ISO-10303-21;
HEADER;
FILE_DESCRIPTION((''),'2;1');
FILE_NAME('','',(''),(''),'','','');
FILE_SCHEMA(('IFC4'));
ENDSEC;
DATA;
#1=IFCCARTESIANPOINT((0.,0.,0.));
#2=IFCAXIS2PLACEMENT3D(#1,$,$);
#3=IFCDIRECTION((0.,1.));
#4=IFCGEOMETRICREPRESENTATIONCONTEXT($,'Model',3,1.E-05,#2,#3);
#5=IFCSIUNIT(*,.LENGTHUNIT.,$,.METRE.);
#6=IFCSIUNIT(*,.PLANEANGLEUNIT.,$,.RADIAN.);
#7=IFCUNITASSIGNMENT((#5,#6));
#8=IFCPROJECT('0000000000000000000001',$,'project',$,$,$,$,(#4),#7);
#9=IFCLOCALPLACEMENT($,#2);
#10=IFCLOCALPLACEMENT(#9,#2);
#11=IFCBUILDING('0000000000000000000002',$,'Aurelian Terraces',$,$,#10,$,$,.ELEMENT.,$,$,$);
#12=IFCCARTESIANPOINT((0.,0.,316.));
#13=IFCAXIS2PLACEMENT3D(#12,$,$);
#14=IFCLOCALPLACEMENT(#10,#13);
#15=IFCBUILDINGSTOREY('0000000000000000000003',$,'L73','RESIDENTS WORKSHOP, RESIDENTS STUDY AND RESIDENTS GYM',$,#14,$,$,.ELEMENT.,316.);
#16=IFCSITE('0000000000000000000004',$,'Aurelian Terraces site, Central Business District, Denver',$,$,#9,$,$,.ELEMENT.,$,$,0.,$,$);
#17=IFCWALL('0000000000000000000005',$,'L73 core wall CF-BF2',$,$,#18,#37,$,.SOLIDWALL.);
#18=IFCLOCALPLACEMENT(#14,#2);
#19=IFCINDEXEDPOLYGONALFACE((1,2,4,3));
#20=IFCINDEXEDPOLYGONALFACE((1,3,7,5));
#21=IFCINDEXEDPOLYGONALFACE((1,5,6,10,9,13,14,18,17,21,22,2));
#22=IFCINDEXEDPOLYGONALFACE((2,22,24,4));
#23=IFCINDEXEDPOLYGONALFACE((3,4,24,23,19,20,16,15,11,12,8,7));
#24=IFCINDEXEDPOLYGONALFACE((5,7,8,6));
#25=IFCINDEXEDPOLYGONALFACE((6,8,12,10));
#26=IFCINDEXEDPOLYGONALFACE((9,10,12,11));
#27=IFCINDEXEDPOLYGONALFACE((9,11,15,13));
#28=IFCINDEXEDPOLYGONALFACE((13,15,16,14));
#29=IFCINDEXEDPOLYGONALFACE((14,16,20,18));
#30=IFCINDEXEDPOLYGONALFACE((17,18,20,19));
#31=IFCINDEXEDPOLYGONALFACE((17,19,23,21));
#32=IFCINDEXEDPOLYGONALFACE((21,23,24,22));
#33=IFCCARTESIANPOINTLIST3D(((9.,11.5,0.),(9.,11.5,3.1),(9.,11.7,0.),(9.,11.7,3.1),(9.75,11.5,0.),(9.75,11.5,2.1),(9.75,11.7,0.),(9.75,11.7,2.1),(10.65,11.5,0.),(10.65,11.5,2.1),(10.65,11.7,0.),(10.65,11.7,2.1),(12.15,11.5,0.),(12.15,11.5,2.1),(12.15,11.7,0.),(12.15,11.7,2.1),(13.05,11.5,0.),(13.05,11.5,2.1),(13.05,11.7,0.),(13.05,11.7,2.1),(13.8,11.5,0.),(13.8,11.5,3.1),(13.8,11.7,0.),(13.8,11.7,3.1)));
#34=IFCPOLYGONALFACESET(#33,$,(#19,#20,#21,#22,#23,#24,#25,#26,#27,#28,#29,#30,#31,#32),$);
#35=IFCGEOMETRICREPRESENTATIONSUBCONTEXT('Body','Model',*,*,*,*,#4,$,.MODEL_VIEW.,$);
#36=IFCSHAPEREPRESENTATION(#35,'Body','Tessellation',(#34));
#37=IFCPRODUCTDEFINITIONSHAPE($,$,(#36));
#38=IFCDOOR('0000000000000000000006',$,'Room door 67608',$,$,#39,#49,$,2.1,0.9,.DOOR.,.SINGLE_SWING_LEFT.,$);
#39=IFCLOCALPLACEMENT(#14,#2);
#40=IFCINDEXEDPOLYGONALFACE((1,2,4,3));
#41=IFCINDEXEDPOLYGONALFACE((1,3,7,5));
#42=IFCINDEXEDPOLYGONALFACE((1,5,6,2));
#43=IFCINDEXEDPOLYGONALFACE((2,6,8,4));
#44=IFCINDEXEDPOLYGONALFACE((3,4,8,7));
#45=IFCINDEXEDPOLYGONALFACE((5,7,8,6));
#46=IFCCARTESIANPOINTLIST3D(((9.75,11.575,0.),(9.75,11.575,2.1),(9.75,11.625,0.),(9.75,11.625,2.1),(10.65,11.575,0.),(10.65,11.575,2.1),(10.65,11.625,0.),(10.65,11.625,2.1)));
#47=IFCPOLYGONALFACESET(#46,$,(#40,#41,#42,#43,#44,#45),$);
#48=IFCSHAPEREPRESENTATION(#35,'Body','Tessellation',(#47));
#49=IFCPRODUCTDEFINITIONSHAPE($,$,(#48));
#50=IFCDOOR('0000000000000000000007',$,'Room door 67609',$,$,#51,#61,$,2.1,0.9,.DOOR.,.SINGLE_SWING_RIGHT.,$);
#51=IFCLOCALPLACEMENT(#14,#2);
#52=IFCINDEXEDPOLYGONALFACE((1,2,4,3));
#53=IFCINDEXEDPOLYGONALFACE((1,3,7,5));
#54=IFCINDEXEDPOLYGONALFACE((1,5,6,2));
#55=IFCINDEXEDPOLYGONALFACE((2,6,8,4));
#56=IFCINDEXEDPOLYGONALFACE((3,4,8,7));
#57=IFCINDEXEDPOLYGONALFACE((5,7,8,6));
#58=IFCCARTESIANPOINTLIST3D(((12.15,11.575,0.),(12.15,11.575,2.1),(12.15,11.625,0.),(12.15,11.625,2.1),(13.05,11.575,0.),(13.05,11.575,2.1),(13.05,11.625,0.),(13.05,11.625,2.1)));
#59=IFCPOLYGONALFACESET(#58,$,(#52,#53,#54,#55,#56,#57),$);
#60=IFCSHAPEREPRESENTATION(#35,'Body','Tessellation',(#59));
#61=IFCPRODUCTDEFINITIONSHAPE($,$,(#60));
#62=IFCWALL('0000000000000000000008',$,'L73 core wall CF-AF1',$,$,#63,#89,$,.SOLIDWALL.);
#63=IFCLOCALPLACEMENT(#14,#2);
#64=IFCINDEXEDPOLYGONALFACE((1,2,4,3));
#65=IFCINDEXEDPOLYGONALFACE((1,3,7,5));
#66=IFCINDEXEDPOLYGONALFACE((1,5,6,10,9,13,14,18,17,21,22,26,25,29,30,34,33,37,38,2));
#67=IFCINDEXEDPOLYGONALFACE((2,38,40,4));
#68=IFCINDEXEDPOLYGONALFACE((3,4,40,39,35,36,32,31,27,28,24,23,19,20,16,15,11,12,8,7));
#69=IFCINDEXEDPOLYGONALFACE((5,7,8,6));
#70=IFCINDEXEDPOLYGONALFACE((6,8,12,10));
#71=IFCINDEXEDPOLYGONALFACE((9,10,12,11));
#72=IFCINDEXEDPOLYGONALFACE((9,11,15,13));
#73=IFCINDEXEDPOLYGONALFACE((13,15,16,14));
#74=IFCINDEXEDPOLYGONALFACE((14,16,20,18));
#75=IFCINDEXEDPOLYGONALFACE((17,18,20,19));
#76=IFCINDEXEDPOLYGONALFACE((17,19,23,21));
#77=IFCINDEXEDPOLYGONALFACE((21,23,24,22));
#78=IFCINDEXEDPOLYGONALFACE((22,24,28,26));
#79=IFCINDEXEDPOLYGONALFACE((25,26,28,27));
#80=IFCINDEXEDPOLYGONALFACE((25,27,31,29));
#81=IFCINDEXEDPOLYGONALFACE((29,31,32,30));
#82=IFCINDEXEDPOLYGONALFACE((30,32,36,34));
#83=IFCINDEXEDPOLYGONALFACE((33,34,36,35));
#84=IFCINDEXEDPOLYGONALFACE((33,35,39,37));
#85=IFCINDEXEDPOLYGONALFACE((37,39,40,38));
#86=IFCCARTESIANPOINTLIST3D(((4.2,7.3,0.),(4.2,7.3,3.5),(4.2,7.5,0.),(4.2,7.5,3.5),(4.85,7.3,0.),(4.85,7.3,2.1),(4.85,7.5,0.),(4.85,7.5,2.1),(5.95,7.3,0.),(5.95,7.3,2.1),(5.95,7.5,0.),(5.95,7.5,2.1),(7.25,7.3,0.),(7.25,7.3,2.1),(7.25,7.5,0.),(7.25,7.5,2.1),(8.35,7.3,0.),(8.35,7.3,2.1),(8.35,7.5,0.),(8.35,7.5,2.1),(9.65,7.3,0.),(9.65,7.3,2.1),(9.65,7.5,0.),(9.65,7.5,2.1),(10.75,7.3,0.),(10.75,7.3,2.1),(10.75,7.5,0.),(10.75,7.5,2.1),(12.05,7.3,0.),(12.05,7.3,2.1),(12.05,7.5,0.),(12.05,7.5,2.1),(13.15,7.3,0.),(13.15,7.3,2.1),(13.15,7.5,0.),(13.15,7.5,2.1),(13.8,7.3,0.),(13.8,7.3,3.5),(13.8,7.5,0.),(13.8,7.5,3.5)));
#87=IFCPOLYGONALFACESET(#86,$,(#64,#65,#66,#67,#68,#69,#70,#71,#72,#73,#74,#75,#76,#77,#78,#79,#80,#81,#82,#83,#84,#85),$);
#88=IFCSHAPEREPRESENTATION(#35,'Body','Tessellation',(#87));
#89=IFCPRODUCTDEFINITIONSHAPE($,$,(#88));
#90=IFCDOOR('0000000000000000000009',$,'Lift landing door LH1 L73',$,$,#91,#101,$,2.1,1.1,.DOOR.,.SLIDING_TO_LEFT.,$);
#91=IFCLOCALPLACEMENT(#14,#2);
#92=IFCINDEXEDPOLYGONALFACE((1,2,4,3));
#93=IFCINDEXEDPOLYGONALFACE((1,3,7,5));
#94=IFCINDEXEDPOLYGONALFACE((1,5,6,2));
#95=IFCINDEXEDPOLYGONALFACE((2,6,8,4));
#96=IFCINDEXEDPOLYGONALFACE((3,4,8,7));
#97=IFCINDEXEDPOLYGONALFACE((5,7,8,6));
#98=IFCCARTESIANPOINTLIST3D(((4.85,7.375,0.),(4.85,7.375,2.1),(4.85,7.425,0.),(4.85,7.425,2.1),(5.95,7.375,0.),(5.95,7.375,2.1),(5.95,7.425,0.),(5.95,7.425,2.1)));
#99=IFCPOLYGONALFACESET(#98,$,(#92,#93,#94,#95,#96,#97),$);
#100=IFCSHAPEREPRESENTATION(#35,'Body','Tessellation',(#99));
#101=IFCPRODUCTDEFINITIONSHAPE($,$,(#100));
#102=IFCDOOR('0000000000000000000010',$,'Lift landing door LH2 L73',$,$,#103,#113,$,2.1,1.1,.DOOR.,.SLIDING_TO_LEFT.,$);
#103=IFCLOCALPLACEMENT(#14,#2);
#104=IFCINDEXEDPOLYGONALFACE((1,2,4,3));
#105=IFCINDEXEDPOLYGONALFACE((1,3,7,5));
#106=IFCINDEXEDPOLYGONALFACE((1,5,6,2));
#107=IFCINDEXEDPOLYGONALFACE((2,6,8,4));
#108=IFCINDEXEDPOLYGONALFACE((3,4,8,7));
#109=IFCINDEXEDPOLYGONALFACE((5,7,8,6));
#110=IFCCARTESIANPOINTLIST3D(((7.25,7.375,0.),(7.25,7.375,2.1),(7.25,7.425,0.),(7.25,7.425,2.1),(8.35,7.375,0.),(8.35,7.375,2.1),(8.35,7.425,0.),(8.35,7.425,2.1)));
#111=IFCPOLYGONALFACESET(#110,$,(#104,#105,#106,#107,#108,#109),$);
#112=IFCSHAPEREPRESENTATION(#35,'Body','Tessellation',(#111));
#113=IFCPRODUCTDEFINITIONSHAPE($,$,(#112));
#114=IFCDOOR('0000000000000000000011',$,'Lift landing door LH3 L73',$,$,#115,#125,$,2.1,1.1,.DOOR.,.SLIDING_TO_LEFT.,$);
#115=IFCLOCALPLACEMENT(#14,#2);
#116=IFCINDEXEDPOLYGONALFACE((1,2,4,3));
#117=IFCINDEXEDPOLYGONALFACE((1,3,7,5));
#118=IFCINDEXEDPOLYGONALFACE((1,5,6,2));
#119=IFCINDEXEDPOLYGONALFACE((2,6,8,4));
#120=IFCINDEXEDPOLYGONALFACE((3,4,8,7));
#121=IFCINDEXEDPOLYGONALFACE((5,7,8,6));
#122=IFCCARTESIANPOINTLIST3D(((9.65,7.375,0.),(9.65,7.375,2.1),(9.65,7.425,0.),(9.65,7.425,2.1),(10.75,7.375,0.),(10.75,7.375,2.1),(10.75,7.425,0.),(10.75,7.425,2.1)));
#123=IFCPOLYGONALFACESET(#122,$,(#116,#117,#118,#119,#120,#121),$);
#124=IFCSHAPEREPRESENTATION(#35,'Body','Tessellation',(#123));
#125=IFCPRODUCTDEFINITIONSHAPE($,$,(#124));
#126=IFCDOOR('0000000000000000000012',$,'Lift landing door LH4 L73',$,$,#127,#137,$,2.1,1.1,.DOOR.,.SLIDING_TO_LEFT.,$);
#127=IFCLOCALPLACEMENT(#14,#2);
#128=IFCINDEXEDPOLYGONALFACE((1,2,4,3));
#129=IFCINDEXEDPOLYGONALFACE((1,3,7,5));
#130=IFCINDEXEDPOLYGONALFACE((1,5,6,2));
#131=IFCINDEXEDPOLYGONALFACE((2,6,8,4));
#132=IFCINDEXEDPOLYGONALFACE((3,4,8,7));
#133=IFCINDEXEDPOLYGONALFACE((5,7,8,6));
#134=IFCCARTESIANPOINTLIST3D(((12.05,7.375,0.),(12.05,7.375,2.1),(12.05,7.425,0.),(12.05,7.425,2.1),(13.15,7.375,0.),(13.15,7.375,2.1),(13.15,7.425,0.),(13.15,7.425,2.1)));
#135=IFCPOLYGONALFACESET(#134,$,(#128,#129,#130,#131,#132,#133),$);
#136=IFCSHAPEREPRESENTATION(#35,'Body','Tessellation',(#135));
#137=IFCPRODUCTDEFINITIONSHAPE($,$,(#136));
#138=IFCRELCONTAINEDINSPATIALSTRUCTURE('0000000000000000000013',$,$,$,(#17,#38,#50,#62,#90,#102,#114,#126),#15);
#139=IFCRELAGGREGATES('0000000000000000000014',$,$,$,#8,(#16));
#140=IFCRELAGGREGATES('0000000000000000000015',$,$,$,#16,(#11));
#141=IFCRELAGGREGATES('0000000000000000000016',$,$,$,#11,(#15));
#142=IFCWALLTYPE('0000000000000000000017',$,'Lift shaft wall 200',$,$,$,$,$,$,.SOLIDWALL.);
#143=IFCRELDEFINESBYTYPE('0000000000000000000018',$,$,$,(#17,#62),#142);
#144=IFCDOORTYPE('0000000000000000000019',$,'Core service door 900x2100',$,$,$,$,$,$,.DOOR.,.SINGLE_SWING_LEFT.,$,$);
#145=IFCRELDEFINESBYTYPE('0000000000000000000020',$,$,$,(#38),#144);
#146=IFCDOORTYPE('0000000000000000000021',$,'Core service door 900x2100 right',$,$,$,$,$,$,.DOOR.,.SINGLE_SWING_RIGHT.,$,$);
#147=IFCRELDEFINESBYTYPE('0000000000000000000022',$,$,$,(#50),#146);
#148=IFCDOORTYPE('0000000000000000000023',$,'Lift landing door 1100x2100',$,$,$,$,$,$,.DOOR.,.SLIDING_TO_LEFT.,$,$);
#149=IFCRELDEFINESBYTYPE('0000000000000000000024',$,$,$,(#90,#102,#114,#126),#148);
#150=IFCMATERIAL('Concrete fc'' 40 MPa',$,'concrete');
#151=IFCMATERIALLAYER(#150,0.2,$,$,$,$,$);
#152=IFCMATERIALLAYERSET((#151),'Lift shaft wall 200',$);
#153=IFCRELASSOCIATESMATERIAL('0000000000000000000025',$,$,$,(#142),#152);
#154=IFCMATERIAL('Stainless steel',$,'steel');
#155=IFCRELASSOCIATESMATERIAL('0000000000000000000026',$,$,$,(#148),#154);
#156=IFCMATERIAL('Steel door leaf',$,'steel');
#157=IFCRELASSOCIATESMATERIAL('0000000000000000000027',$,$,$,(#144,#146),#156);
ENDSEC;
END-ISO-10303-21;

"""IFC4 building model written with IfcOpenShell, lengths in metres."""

from ifc_helpers import new_model, si_unit, direction, frame, frame_2d, origin, place, context, subcontext, project, spatial, rectangle, extrude, source, transform, mapped, material, layer, layer_set, type_object, element, fill, save


model = new_model("IFC4")

# Units and contexts
model_context = context("Model", 3, precision=1e-05, world=origin(), true_north=direction((0.0, 1.0)))
body_context = subcontext(model_context, "Body", "Model", "MODEL_VIEW")
ifc_project = project(units=[si_unit("LENGTHUNIT", "METRE"), si_unit("PLANEANGLEUNIT", "RADIAN")], contexts=[model_context])

# Site, building, storey
site_placement = place(None, origin())
site = spatial("IfcSite", under=ifc_project, at=site_placement, Name="Aurelian Terraces site, Central Business District, Denver", CompositionType="ELEMENT", RefElevation=0.0)
building_placement = place(site_placement, origin())
building = spatial("IfcBuilding", under=site, at=building_placement, Name="Aurelian Terraces", CompositionType="ELEMENT")
storey_placement = place(building_placement, frame((0.0, 0.0, 316.0)))
storey = spatial("IfcBuildingStorey", under=building, at=storey_placement, Name="L73", Description="RESIDENTS WORKSHOP, RESIDENTS STUDY AND RESIDENTS GYM", CompositionType="ELEMENT", Elevation=316.0)

# Shared definitions
ifc_material_1 = material(Name="Concrete fc' 40 MPa", Category="concrete")
ifc_layer_1 = layer(ifc_material_1, 0.2)
ifc_layer_set_1 = layer_set([ifc_layer_1], Name="Lift shaft wall 200")
wall_type_1 = type_object("IfcWallType", Name="Lift shaft wall 200", PredefinedType="SOLIDWALL", material=ifc_layer_set_1)

# Shared definitions
shared_shape_1 = source(origin(), body_context, "Body", "SweptSolid", [
    extrude(rectangle(XDim=1.1, YDim=2.1, at=frame_2d((0.55, 1.05))), frame((0.0, 0.11, 0.0), z_axis=(0.0, -1.0, 0.0), x_axis=(1.0, 0.0, 0.0)), (0.0, 0.0, 1.0), 0.22),
])
ifc_material_2 = material(Name="Stainless steel", Category="steel")
door_type_1 = type_object("IfcDoorType", Name="Lift landing door 1100x2100", OperationType="SLIDING_TO_LEFT", PredefinedType="DOOR", material=ifc_material_2)
shared_shape_2 = source(origin(), body_context, "Body", "SweptSolid", [
    extrude(rectangle(XDim=1.1, YDim=2.1, at=frame_2d((0.55, 1.05))), frame((0.0, 0.025, 0.0), z_axis=(0.0, -1.0, 0.0), x_axis=(1.0, 0.0, 0.0)), (0.0, 0.0, 1.0), 0.05),
])

# Walls, openings, doors
shared_shape_3 = source(origin(), body_context, "Body", "SweptSolid", [
    extrude(rectangle(XDim=4.8, YDim=0.2, at=frame_2d((2.4, 0.0))), origin(), (0.0, 0.0, 1.0), 3.1),
])
wall_1_placement = place(storey_placement, frame((9.0, 11.6, 0.0), z_axis=(0.0, 0.0, 1.0), x_axis=(1.0, 0.0, 0.0)))
wall_1 = element("IfcWall", 1, at=wall_1_placement, inside=storey, type_object=wall_type_1, Name="L73 core wall CF-BF2", PredefinedType="SOLIDWALL", context=body_context, shape_type="MappedRepresentation", body=[
    mapped(shared_shape_3, transform((0.0, 0.0, 0.0), scale=1.0)),
])
shared_shape_4 = source(origin(), body_context, "Body", "SweptSolid", [
    extrude(rectangle(XDim=0.9, YDim=2.1, at=frame_2d((0.45, 1.05))), frame((0.0, 0.11, 0.0), z_axis=(0.0, -1.0, 0.0), x_axis=(1.0, 0.0, 0.0)), (0.0, 0.0, 1.0), 0.22),
])
opening_1_placement = place(wall_1_placement, frame((0.75, 0.0, 0.0)))
opening_1 = element("IfcOpeningElement", 2, at=opening_1_placement, cuts=wall_1, PredefinedType="OPENING", context=body_context, shape_type="MappedRepresentation", body=[
    mapped(shared_shape_4, transform((0.0, 0.0, 0.0), scale=1.0)),
])
opening_2_placement = place(wall_1_placement, frame((3.15, 0.0, 0.0)))
opening_2 = element("IfcOpeningElement", 3, at=opening_2_placement, cuts=wall_1, PredefinedType="OPENING", context=body_context, shape_type="MappedRepresentation", body=[
    mapped(shared_shape_4, transform((0.0, 0.0, 0.0), scale=1.0)),
])
ifc_material_3 = material(Name="Steel door leaf", Category="steel")
door_type_2 = type_object("IfcDoorType", Name="Core service door 900x2100", OperationType="SINGLE_SWING_LEFT", PredefinedType="DOOR", material=ifc_material_3)
shared_shape_5 = source(origin(), body_context, "Body", "SweptSolid", [
    extrude(rectangle(XDim=0.9, YDim=2.1, at=frame_2d((0.45, 1.05))), frame((0.0, 0.025, 0.0), z_axis=(0.0, -1.0, 0.0), x_axis=(1.0, 0.0, 0.0)), (0.0, 0.0, 1.0), 0.05),
])
door_1_placement = place(opening_1_placement, origin())
door_1 = element("IfcDoor", 4, at=door_1_placement, inside=storey, type_object=door_type_2, Name="Room door 67608", OperationType="SINGLE_SWING_LEFT", OverallHeight=2.1, OverallWidth=0.9, PredefinedType="DOOR", context=body_context, shape_type="MappedRepresentation", body=[
    mapped(shared_shape_5, transform((0.0, 0.0, 0.0), scale=1.0)),
])
fill(opening_1, door_1)
door_type_3 = type_object("IfcDoorType", Name="Core service door 900x2100 right", OperationType="SINGLE_SWING_RIGHT", PredefinedType="DOOR", material=ifc_material_3)
door_2_placement = place(opening_2_placement, origin())
door_2 = element("IfcDoor", 5, at=door_2_placement, inside=storey, type_object=door_type_3, Name="Room door 67609", OperationType="SINGLE_SWING_RIGHT", OverallHeight=2.1, OverallWidth=0.9, PredefinedType="DOOR", context=body_context, shape_type="MappedRepresentation", body=[
    mapped(shared_shape_5, transform((0.0, 0.0, 0.0), scale=1.0)),
])
fill(opening_2, door_2)
shared_shape_6 = source(origin(), body_context, "Body", "SweptSolid", [
    extrude(rectangle(XDim=9.6, YDim=0.2, at=frame_2d((4.8, 0.0))), origin(), (0.0, 0.0, 1.0), 3.5),
])
wall_2_placement = place(storey_placement, frame((4.2, 7.4, 0.0), z_axis=(0.0, 0.0, 1.0), x_axis=(1.0, 0.0, 0.0)))
wall_2 = element("IfcWall", 6, at=wall_2_placement, inside=storey, type_object=wall_type_1, Name="L73 core wall CF-AF1", PredefinedType="SOLIDWALL", context=body_context, shape_type="MappedRepresentation", body=[
    mapped(shared_shape_6, transform((0.0, 0.0, 0.0), scale=1.0)),
])
opening_3_placement = place(wall_2_placement, frame((0.65, 0.0, 0.0)))
opening_3 = element("IfcOpeningElement", 7, at=opening_3_placement, cuts=wall_2, PredefinedType="OPENING", context=body_context, shape_type="MappedRepresentation", body=[
    mapped(shared_shape_1, transform((0.0, 0.0, 0.0), scale=1.0)),
])
opening_4_placement = place(wall_2_placement, frame((3.05, 0.0, 0.0)))
opening_4 = element("IfcOpeningElement", 8, at=opening_4_placement, cuts=wall_2, PredefinedType="OPENING", context=body_context, shape_type="MappedRepresentation", body=[
    mapped(shared_shape_1, transform((0.0, 0.0, 0.0), scale=1.0)),
])
opening_5_placement = place(wall_2_placement, frame((5.45, 0.0, 0.0)))
opening_5 = element("IfcOpeningElement", 9, at=opening_5_placement, cuts=wall_2, PredefinedType="OPENING", context=body_context, shape_type="MappedRepresentation", body=[
    mapped(shared_shape_1, transform((0.0, 0.0, 0.0), scale=1.0)),
])
opening_6_placement = place(wall_2_placement, frame((7.85, 0.0, 0.0)))
opening_6 = element("IfcOpeningElement", 10, at=opening_6_placement, cuts=wall_2, PredefinedType="OPENING", context=body_context, shape_type="MappedRepresentation", body=[
    mapped(shared_shape_1, transform((0.0, 0.0, 0.0), scale=1.0)),
])
door_3_placement = place(opening_3_placement, origin())
door_3 = element("IfcDoor", 11, at=door_3_placement, inside=storey, type_object=door_type_1, Name="Lift landing door LH1 L73", OperationType="SLIDING_TO_LEFT", OverallHeight=2.1, OverallWidth=1.1, PredefinedType="DOOR", context=body_context, shape_type="MappedRepresentation", body=[
    mapped(shared_shape_2, transform((0.0, 0.0, 0.0), scale=1.0)),
])
fill(opening_3, door_3)
door_4_placement = place(opening_4_placement, origin())
door_4 = element("IfcDoor", 12, at=door_4_placement, inside=storey, type_object=door_type_1, Name="Lift landing door LH2 L73", OperationType="SLIDING_TO_LEFT", OverallHeight=2.1, OverallWidth=1.1, PredefinedType="DOOR", context=body_context, shape_type="MappedRepresentation", body=[
    mapped(shared_shape_2, transform((0.0, 0.0, 0.0), scale=1.0)),
])
fill(opening_4, door_4)
door_5_placement = place(opening_5_placement, origin())
door_5 = element("IfcDoor", 13, at=door_5_placement, inside=storey, type_object=door_type_1, Name="Lift landing door LH3 L73", OperationType="SLIDING_TO_LEFT", OverallHeight=2.1, OverallWidth=1.1, PredefinedType="DOOR", context=body_context, shape_type="MappedRepresentation", body=[
    mapped(shared_shape_2, transform((0.0, 0.0, 0.0), scale=1.0)),
])
fill(opening_5, door_5)
door_6_placement = place(opening_6_placement, origin())
door_6 = element("IfcDoor", 14, at=door_6_placement, inside=storey, type_object=door_type_1, Name="Lift landing door LH4 L73", OperationType="SLIDING_TO_LEFT", OverallHeight=2.1, OverallWidth=1.1, PredefinedType="DOOR", context=body_context, shape_type="MappedRepresentation", body=[
    mapped(shared_shape_2, transform((0.0, 0.0, 0.0), scale=1.0)),
])
fill(opening_6, door_6)

save(model, "model.ifc")
